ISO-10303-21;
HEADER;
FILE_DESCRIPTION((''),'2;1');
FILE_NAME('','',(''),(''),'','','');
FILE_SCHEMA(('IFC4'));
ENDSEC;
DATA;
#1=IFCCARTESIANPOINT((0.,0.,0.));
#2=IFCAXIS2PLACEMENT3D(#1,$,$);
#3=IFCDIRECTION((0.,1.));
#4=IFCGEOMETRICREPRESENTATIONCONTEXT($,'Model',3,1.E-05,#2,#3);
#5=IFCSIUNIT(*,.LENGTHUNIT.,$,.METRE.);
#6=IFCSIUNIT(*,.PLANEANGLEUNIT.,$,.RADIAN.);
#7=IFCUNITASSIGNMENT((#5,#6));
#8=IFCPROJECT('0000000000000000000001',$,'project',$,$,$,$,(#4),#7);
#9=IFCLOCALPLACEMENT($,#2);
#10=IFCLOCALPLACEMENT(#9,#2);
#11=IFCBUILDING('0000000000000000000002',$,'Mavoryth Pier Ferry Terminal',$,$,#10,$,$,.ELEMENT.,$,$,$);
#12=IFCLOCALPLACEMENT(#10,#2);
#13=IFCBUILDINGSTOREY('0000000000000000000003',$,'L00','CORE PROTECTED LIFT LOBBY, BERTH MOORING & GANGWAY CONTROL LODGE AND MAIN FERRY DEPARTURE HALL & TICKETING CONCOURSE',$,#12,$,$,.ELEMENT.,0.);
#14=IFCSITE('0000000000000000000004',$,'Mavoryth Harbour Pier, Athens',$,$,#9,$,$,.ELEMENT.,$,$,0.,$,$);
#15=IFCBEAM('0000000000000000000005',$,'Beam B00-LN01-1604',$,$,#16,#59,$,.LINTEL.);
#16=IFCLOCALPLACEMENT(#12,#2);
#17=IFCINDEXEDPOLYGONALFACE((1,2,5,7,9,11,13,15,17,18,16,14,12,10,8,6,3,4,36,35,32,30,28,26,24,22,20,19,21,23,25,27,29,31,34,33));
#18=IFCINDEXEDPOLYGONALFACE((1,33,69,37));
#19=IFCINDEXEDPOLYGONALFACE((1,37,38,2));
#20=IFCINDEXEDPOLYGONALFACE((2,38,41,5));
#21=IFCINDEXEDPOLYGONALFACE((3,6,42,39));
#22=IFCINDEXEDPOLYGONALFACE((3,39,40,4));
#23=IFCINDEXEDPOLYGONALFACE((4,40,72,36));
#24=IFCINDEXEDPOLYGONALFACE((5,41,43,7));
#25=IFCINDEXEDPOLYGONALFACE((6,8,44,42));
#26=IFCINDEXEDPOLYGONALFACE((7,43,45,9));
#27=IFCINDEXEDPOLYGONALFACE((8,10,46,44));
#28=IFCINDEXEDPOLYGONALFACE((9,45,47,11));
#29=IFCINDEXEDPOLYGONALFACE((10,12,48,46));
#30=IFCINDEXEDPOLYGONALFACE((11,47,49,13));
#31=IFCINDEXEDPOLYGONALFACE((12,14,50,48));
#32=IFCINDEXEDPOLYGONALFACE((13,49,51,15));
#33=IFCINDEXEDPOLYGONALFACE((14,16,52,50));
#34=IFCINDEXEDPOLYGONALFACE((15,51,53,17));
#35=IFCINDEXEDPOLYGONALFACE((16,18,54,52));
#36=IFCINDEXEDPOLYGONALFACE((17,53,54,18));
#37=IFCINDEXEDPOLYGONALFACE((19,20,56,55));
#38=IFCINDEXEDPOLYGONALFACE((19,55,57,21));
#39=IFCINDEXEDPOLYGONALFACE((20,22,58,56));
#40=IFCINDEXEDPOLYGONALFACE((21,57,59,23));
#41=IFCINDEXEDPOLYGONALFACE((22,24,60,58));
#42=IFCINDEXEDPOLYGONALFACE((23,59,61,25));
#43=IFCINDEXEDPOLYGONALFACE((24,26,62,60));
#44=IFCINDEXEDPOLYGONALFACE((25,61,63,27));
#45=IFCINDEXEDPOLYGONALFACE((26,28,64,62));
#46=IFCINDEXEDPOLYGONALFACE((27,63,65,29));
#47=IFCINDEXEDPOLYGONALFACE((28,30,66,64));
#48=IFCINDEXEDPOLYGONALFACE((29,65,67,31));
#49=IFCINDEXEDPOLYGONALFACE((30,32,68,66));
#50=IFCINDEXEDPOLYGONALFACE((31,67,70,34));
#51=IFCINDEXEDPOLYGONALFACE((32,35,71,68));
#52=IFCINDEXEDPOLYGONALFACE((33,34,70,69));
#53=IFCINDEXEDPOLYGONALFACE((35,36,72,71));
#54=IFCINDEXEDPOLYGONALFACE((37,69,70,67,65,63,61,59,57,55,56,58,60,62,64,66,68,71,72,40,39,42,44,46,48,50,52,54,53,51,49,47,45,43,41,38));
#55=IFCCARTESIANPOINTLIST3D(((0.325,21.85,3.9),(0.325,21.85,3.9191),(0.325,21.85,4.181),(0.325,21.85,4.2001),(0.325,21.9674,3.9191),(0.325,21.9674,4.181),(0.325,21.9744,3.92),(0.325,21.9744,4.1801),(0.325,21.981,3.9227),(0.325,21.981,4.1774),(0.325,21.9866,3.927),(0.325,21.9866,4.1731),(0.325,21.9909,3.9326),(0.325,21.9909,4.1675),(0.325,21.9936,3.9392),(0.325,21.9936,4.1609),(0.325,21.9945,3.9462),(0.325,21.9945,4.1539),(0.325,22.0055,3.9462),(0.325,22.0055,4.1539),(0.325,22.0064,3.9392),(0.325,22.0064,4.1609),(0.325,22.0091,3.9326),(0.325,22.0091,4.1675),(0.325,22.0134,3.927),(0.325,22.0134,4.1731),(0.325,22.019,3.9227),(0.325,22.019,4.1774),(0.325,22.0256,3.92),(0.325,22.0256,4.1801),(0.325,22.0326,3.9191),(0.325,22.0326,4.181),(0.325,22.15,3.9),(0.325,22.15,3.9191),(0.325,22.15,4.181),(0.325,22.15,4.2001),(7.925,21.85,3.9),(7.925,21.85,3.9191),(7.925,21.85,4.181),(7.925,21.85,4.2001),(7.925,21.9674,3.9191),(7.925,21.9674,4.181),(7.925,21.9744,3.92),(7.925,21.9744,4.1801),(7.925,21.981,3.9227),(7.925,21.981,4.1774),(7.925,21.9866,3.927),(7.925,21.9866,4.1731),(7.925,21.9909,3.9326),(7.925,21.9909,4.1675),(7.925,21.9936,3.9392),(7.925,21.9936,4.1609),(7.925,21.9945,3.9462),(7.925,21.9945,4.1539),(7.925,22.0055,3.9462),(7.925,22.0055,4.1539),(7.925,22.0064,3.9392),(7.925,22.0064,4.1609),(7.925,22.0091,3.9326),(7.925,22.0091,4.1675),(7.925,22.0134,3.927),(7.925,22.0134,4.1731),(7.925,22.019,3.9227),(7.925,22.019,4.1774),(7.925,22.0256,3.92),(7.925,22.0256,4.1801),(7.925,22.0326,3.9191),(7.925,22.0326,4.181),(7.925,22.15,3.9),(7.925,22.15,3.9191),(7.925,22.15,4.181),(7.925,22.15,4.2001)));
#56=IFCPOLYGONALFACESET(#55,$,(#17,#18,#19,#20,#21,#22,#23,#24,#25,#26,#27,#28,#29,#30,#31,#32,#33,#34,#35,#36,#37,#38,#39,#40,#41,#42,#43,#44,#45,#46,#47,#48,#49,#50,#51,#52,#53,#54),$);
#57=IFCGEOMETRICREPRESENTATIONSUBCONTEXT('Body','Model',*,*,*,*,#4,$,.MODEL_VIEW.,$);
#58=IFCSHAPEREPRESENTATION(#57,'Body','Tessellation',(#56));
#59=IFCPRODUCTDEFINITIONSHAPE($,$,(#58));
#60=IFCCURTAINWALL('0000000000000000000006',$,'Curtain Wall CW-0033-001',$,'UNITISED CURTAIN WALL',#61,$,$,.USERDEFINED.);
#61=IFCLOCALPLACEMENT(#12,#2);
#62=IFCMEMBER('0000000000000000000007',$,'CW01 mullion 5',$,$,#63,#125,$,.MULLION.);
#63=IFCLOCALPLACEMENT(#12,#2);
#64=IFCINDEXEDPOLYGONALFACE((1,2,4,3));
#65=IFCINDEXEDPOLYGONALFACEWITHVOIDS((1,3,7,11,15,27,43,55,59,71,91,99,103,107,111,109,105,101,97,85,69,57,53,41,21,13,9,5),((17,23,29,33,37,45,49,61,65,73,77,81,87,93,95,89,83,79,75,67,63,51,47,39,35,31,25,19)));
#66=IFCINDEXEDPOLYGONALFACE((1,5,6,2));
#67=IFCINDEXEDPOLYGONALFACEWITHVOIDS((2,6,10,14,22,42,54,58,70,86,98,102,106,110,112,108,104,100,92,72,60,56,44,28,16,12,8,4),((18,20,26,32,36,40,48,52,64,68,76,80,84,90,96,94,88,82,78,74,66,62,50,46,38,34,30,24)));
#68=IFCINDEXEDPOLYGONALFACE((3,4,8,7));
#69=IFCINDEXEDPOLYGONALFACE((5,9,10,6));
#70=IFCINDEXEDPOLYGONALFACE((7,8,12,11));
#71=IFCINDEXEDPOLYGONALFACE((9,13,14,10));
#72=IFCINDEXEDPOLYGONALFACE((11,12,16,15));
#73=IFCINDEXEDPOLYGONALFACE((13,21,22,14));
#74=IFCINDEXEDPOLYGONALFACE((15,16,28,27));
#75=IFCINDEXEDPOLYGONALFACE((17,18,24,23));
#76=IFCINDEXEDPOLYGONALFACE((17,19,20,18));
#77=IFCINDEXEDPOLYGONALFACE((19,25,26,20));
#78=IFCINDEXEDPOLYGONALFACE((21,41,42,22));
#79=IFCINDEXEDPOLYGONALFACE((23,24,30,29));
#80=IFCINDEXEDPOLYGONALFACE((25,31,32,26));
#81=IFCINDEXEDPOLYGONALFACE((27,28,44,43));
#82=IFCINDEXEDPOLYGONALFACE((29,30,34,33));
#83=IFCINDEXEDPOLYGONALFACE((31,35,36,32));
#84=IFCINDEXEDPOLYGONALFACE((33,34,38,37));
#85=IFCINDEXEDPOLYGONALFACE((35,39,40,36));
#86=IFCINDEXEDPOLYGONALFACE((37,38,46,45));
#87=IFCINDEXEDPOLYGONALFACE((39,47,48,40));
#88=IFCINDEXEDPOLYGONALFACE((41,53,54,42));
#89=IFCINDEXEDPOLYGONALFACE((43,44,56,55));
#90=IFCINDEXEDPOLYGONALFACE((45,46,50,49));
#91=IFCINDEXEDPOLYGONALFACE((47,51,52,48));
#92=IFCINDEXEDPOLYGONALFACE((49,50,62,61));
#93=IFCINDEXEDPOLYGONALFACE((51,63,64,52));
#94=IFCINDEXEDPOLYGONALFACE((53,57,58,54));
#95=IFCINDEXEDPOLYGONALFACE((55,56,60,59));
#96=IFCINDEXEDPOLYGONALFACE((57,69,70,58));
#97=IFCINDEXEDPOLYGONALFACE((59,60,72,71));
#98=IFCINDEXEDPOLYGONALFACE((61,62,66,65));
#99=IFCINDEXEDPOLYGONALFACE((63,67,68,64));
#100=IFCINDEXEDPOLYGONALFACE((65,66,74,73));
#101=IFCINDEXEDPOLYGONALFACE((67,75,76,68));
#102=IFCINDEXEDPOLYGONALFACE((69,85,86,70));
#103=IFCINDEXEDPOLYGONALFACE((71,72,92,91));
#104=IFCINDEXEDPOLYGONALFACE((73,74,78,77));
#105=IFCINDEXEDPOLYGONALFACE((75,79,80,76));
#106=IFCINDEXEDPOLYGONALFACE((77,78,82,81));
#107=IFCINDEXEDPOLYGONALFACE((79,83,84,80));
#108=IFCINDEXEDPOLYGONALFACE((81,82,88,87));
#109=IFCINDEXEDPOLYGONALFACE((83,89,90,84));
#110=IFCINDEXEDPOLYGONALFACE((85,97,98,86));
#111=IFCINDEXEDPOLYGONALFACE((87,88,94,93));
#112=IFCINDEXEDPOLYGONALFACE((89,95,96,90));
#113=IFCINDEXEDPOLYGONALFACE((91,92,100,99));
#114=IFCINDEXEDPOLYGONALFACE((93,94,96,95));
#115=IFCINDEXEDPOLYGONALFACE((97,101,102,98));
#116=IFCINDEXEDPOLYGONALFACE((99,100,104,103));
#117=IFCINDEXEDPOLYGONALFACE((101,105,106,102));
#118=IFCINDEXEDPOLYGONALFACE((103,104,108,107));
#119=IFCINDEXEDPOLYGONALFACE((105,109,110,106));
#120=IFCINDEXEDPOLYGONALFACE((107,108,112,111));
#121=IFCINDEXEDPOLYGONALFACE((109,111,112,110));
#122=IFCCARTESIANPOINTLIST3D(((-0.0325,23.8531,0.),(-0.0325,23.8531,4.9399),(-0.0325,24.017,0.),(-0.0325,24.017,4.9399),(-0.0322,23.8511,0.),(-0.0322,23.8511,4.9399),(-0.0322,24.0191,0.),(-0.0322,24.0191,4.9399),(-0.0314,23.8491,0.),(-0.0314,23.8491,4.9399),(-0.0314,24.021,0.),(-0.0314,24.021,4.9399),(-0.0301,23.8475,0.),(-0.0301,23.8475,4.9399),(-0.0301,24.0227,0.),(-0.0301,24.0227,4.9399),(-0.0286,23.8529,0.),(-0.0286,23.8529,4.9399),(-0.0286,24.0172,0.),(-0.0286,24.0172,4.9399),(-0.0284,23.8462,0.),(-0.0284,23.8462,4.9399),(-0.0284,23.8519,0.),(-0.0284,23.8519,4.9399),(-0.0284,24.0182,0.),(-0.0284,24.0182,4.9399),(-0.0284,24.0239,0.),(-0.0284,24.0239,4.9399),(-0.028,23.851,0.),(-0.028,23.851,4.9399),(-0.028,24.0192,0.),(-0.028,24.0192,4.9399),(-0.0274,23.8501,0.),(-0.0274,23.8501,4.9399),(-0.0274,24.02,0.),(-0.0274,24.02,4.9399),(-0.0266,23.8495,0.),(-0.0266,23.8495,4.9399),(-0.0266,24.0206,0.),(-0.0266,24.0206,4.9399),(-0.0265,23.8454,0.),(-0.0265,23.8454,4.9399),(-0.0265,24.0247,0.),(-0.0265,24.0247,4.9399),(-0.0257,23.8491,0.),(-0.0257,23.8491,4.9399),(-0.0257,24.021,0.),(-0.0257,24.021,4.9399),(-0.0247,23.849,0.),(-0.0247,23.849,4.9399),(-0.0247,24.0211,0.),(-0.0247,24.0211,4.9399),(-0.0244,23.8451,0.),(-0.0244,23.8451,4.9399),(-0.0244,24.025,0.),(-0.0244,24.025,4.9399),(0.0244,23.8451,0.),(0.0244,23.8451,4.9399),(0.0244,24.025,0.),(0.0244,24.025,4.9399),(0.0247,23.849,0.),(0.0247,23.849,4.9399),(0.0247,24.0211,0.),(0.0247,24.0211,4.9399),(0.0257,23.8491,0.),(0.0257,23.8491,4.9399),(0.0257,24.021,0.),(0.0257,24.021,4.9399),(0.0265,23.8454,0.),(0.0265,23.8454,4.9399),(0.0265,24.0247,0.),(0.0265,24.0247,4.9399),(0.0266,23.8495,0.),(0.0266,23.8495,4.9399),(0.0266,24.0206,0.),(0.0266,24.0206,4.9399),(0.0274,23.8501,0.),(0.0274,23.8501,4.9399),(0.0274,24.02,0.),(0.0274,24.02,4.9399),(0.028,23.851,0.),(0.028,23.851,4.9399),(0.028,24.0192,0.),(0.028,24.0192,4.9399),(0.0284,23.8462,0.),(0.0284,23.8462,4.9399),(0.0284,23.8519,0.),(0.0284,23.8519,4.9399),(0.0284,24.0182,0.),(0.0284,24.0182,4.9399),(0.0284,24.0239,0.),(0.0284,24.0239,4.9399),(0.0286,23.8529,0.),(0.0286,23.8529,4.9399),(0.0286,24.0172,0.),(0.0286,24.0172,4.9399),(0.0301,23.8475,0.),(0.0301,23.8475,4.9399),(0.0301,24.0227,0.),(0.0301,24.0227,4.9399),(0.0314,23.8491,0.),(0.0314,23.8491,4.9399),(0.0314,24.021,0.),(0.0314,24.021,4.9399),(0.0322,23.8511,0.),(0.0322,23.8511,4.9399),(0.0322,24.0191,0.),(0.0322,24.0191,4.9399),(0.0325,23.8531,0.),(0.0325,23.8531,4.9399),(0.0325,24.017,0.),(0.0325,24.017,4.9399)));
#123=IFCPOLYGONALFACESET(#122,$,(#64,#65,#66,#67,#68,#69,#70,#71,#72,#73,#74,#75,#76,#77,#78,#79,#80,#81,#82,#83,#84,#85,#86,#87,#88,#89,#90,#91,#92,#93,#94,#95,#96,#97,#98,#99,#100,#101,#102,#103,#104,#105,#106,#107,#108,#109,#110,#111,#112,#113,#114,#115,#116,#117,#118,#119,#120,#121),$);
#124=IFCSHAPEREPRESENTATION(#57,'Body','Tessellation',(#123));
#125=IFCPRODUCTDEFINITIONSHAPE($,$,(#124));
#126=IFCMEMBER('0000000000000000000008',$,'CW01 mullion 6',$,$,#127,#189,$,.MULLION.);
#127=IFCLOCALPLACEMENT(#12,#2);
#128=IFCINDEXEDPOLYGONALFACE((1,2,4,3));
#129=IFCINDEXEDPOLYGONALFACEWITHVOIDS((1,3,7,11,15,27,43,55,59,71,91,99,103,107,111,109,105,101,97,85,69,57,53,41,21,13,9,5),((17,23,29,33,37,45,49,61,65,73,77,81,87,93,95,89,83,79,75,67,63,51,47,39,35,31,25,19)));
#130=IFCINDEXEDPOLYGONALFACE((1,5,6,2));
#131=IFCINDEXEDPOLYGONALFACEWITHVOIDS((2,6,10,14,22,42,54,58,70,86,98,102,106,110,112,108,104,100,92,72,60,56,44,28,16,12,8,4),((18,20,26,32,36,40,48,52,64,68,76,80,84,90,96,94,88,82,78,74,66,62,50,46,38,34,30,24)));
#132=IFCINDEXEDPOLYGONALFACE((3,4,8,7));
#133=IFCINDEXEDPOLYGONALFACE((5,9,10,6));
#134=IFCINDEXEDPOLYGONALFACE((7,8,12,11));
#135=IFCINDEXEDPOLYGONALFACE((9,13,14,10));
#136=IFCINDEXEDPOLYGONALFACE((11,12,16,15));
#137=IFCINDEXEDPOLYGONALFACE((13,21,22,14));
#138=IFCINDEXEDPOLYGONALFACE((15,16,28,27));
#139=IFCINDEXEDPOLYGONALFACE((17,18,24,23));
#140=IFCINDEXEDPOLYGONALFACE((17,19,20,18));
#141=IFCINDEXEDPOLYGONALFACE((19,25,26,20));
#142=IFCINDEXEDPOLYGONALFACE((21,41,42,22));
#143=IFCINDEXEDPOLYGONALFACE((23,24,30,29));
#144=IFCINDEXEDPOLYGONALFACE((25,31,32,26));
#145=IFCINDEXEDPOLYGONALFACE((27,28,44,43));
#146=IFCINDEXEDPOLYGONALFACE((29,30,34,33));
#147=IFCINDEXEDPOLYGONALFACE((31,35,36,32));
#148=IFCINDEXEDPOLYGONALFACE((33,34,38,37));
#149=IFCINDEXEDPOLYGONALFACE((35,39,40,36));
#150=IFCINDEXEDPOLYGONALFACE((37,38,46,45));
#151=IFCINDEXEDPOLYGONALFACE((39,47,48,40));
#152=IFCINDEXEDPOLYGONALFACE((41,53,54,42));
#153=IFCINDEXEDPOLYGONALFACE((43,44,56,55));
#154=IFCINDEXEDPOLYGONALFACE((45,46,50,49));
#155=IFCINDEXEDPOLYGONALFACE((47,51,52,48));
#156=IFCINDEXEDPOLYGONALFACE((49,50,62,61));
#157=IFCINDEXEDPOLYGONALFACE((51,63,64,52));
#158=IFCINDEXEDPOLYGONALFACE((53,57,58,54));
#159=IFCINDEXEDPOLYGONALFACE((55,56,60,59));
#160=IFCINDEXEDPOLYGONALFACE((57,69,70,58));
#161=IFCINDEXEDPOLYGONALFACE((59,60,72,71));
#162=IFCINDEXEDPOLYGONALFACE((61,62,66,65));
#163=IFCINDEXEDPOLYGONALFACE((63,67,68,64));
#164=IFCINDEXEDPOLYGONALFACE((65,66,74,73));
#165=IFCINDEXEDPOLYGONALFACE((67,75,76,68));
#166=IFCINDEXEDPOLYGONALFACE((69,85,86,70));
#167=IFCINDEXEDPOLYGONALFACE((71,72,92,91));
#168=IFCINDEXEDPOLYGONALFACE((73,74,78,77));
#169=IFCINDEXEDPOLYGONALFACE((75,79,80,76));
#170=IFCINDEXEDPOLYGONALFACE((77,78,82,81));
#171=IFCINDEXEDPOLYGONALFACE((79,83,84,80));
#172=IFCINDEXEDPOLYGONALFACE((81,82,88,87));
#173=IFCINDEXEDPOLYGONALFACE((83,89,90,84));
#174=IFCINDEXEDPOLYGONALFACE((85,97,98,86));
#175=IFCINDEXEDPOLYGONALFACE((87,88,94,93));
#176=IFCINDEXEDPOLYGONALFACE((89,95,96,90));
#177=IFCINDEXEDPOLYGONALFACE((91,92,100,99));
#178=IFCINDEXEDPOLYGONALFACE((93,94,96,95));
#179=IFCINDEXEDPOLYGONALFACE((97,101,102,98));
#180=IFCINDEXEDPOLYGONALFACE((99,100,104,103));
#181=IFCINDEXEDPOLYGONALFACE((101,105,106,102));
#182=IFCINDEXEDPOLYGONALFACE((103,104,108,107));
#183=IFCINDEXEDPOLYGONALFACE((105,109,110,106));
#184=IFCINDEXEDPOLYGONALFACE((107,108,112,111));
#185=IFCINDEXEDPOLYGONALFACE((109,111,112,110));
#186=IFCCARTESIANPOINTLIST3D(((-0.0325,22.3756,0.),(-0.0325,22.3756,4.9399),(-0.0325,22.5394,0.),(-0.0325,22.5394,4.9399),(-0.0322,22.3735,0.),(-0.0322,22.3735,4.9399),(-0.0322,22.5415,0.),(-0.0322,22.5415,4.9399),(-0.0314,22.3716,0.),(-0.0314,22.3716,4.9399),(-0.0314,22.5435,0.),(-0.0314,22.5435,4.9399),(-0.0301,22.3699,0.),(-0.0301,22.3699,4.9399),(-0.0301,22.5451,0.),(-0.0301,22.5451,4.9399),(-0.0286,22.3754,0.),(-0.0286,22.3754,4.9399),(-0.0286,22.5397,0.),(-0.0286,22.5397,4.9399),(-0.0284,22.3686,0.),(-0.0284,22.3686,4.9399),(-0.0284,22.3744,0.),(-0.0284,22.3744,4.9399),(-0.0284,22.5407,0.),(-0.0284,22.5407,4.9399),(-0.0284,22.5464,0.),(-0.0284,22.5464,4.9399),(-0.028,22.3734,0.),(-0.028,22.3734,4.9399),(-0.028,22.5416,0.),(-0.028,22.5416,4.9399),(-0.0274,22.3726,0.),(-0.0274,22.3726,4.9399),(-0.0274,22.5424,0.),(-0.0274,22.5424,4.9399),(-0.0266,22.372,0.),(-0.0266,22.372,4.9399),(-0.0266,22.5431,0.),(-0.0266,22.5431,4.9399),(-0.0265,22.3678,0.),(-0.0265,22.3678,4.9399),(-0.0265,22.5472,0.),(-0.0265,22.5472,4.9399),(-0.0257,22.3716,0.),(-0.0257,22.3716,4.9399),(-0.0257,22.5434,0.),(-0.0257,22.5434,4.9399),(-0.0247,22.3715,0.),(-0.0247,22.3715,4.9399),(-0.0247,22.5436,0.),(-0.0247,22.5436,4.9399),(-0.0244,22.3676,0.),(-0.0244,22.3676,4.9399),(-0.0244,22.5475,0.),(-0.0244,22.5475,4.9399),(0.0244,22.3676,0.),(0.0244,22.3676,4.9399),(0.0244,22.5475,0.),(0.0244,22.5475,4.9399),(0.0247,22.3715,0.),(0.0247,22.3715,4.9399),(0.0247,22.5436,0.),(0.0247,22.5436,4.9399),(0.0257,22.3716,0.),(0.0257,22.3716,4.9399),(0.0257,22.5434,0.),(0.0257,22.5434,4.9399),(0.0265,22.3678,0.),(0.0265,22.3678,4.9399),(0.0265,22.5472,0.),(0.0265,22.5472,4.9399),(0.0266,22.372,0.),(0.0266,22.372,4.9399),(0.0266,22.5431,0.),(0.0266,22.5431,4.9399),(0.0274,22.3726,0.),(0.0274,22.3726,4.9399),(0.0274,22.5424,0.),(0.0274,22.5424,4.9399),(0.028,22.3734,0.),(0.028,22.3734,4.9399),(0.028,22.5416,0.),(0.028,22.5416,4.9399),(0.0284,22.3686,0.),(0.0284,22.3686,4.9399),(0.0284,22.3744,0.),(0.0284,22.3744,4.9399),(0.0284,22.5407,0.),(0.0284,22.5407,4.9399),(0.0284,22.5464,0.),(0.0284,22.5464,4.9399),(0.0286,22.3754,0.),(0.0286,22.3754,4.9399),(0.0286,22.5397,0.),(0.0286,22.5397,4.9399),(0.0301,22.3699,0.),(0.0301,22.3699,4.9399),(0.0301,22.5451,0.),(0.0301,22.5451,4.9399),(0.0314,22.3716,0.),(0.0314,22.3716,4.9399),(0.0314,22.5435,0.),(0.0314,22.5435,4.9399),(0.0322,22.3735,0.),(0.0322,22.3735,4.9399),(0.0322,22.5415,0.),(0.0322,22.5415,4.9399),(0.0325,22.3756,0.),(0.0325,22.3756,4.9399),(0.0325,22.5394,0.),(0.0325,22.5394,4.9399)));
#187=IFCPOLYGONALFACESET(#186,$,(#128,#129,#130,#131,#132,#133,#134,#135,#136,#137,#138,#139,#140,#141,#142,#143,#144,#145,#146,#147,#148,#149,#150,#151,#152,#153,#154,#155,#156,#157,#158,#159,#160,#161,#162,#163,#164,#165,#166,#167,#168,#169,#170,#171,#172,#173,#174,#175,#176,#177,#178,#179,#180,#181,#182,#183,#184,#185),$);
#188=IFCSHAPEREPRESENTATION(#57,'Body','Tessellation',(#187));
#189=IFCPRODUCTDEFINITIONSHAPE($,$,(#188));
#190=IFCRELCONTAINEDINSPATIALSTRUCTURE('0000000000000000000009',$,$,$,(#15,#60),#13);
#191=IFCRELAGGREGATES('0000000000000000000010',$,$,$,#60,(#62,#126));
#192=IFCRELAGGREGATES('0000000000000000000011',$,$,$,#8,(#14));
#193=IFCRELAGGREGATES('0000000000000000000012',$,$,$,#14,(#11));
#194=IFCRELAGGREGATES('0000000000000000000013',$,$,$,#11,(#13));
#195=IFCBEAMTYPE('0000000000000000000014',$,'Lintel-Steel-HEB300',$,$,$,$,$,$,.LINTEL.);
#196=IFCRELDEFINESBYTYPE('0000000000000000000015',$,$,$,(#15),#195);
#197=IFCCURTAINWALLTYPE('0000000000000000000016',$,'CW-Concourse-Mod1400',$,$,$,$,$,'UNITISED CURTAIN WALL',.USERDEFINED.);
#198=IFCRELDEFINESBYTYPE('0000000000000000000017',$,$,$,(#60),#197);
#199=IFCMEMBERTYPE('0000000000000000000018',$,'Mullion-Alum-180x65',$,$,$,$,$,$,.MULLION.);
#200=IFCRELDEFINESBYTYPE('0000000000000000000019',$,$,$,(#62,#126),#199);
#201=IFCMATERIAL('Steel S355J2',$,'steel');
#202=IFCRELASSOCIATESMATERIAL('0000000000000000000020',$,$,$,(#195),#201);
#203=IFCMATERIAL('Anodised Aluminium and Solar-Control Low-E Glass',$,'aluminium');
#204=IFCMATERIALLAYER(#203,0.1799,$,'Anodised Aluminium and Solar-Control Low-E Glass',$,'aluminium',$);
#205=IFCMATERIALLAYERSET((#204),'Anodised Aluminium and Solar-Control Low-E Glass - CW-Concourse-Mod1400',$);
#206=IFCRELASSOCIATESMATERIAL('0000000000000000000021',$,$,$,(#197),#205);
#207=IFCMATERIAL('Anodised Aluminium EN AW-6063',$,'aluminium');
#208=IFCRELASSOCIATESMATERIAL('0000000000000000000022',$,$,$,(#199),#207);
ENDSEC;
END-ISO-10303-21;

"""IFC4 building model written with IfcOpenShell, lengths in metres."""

from ifc_helpers import new_model, si_unit, direction, frame, origin, origin_2d, place, context, subcontext, project, spatial, hollow_rectangle, i_section, extrude, material, layer, layer_set, material_profile, profile_set, type_object, element, aggregate, save


model = new_model("IFC4")

# Units and contexts
model_context = context("Model", 3, precision=1e-05, world=origin(), true_north=direction((0.0, 1.0)))
body_context = subcontext(model_context, "Body", "Model", "MODEL_VIEW")
ifc_project = project(units=[si_unit("LENGTHUNIT", "METRE"), si_unit("PLANEANGLEUNIT", "RADIAN")], contexts=[model_context])

# Site, building, storey
site_placement = place(None, origin())
site = spatial("IfcSite", under=ifc_project, at=site_placement, Name="Mavoryth Harbour Pier, Athens", CompositionType="ELEMENT", RefElevation=0.0)
building_placement = place(site_placement, origin())
building = spatial("IfcBuilding", under=site, at=building_placement, Name="Mavoryth Pier Ferry Terminal", CompositionType="ELEMENT")
storey_placement = place(building_placement, origin())
storey = spatial("IfcBuildingStorey", under=building, at=storey_placement, Name="L00", Description="CORE PROTECTED LIFT LOBBY, BERTH MOORING & GANGWAY CONTROL LODGE AND MAIN FERRY DEPARTURE HALL & TICKETING CONCOURSE", CompositionType="ELEMENT", Elevation=0.0)

# Beam
ifc_material_1 = material(Name="Steel S355J2", Category="steel")
ifc_material_profile_1 = material_profile(ifc_material_1, i_section(OverallWidth=0.3, OverallDepth=0.3, WebThickness=0.011, FlangeThickness=0.019, FilletRadius=0.0271, at=origin_2d()), Name="HEB 300", Category="steel")
ifc_profile_set_1 = profile_set([ifc_material_profile_1], Name="Steel S355J2 - HEB 300")
beam_type = type_object("IfcBeamType", Name="Lintel-Steel-HEB300", PredefinedType="LINTEL", material=ifc_profile_set_1)
beam_placement = place(storey_placement, frame((0.325, 22.0, 4.05), z_axis=(1.0, 0.0, 0.0), x_axis=(0.0, 1.0, 0.0)))
element("IfcBeam", 1, at=beam_placement, inside=storey, type_object=beam_type, Name="Beam B00-LN01-1604", PredefinedType="LINTEL", context=body_context, shape_type="SweptSolid", body=[
    extrude(i_section(OverallWidth=0.3, OverallDepth=0.3, WebThickness=0.011, FlangeThickness=0.019, FilletRadius=0.0271, at=origin_2d()), origin(), (0.0, 0.0, 1.0), 7.6001),
])

# Curtain wall, members
ifc_material_2 = material(Name="Anodised Aluminium and Solar-Control Low-E Glass", Category="aluminium")
ifc_layer_1 = layer(ifc_material_2, 0.1799, Name="Anodised Aluminium and Solar-Control Low-E Glass", Category="aluminium")
ifc_layer_set_1 = layer_set([ifc_layer_1], Name="Anodised Aluminium and Solar-Control Low-E Glass - CW-Concourse-Mod1400")
curtain_wall_type = type_object("IfcCurtainWallType", Name="CW-Concourse-Mod1400", ElementType="UNITISED CURTAIN WALL", PredefinedType="USERDEFINED", material=ifc_layer_set_1)
curtain_wall_placement = place(storey_placement, origin())
curtain_wall = element("IfcCurtainWall", 2, at=curtain_wall_placement, inside=storey, type_object=curtain_wall_type, Name="Curtain Wall CW-0033-001", ObjectType="UNITISED CURTAIN WALL", PredefinedType="USERDEFINED")
ifc_material_3 = material(Name="Anodised Aluminium EN AW-6063", Category="aluminium")
ifc_material_profile_2 = material_profile(ifc_material_3, hollow_rectangle(XDim=0.0649, YDim=0.1799, WallThickness=0.0039, InnerFilletRadius=0.0039, OuterFilletRadius=0.0081, at=origin_2d()), Name="AL-MULL 180x65x4", Category="aluminium")
ifc_profile_set_2 = profile_set([ifc_material_profile_2], Name="Anodised Aluminium EN AW-6063 - AL-MULL 180x65x4")
member_type_1 = type_object("IfcMemberType", Name="Mullion-Alum-180x65", PredefinedType="MULLION", material=ifc_profile_set_2)
member_1_placement = place(storey_placement, frame((0.0, 23.9351, 0.0), z_axis=(0.0, 0.0, 1.0), x_axis=(1.0, 0.0, 0.0)))
member_1 = element("IfcMember", 3, at=member_1_placement, type_object=member_type_1, Name="CW01 mullion 5", PredefinedType="MULLION", context=body_context, shape_type="SweptSolid", body=[
    extrude(hollow_rectangle(XDim=0.0649, YDim=0.1799, WallThickness=0.0039, InnerFilletRadius=0.0039, OuterFilletRadius=0.0081, at=origin_2d()), origin(), (0.0, 0.0, 1.0), 4.9399),
])
member_2_placement = place(storey_placement, frame((0.0, 22.4575, 0.0), z_axis=(0.0, 0.0, 1.0), x_axis=(1.0, 0.0, 0.0)))
member_2 = element("IfcMember", 4, at=member_2_placement, type_object=member_type_1, Name="CW01 mullion 6", PredefinedType="MULLION", context=body_context, shape_type="SweptSolid", body=[
    extrude(hollow_rectangle(XDim=0.0649, YDim=0.1799, WallThickness=0.0039, InnerFilletRadius=0.0039, OuterFilletRadius=0.0081, at=origin_2d()), origin(), (0.0, 0.0, 1.0), 4.9399),
])
aggregate(curtain_wall, [member_1, member_2])

save(model, "model.ifc")
